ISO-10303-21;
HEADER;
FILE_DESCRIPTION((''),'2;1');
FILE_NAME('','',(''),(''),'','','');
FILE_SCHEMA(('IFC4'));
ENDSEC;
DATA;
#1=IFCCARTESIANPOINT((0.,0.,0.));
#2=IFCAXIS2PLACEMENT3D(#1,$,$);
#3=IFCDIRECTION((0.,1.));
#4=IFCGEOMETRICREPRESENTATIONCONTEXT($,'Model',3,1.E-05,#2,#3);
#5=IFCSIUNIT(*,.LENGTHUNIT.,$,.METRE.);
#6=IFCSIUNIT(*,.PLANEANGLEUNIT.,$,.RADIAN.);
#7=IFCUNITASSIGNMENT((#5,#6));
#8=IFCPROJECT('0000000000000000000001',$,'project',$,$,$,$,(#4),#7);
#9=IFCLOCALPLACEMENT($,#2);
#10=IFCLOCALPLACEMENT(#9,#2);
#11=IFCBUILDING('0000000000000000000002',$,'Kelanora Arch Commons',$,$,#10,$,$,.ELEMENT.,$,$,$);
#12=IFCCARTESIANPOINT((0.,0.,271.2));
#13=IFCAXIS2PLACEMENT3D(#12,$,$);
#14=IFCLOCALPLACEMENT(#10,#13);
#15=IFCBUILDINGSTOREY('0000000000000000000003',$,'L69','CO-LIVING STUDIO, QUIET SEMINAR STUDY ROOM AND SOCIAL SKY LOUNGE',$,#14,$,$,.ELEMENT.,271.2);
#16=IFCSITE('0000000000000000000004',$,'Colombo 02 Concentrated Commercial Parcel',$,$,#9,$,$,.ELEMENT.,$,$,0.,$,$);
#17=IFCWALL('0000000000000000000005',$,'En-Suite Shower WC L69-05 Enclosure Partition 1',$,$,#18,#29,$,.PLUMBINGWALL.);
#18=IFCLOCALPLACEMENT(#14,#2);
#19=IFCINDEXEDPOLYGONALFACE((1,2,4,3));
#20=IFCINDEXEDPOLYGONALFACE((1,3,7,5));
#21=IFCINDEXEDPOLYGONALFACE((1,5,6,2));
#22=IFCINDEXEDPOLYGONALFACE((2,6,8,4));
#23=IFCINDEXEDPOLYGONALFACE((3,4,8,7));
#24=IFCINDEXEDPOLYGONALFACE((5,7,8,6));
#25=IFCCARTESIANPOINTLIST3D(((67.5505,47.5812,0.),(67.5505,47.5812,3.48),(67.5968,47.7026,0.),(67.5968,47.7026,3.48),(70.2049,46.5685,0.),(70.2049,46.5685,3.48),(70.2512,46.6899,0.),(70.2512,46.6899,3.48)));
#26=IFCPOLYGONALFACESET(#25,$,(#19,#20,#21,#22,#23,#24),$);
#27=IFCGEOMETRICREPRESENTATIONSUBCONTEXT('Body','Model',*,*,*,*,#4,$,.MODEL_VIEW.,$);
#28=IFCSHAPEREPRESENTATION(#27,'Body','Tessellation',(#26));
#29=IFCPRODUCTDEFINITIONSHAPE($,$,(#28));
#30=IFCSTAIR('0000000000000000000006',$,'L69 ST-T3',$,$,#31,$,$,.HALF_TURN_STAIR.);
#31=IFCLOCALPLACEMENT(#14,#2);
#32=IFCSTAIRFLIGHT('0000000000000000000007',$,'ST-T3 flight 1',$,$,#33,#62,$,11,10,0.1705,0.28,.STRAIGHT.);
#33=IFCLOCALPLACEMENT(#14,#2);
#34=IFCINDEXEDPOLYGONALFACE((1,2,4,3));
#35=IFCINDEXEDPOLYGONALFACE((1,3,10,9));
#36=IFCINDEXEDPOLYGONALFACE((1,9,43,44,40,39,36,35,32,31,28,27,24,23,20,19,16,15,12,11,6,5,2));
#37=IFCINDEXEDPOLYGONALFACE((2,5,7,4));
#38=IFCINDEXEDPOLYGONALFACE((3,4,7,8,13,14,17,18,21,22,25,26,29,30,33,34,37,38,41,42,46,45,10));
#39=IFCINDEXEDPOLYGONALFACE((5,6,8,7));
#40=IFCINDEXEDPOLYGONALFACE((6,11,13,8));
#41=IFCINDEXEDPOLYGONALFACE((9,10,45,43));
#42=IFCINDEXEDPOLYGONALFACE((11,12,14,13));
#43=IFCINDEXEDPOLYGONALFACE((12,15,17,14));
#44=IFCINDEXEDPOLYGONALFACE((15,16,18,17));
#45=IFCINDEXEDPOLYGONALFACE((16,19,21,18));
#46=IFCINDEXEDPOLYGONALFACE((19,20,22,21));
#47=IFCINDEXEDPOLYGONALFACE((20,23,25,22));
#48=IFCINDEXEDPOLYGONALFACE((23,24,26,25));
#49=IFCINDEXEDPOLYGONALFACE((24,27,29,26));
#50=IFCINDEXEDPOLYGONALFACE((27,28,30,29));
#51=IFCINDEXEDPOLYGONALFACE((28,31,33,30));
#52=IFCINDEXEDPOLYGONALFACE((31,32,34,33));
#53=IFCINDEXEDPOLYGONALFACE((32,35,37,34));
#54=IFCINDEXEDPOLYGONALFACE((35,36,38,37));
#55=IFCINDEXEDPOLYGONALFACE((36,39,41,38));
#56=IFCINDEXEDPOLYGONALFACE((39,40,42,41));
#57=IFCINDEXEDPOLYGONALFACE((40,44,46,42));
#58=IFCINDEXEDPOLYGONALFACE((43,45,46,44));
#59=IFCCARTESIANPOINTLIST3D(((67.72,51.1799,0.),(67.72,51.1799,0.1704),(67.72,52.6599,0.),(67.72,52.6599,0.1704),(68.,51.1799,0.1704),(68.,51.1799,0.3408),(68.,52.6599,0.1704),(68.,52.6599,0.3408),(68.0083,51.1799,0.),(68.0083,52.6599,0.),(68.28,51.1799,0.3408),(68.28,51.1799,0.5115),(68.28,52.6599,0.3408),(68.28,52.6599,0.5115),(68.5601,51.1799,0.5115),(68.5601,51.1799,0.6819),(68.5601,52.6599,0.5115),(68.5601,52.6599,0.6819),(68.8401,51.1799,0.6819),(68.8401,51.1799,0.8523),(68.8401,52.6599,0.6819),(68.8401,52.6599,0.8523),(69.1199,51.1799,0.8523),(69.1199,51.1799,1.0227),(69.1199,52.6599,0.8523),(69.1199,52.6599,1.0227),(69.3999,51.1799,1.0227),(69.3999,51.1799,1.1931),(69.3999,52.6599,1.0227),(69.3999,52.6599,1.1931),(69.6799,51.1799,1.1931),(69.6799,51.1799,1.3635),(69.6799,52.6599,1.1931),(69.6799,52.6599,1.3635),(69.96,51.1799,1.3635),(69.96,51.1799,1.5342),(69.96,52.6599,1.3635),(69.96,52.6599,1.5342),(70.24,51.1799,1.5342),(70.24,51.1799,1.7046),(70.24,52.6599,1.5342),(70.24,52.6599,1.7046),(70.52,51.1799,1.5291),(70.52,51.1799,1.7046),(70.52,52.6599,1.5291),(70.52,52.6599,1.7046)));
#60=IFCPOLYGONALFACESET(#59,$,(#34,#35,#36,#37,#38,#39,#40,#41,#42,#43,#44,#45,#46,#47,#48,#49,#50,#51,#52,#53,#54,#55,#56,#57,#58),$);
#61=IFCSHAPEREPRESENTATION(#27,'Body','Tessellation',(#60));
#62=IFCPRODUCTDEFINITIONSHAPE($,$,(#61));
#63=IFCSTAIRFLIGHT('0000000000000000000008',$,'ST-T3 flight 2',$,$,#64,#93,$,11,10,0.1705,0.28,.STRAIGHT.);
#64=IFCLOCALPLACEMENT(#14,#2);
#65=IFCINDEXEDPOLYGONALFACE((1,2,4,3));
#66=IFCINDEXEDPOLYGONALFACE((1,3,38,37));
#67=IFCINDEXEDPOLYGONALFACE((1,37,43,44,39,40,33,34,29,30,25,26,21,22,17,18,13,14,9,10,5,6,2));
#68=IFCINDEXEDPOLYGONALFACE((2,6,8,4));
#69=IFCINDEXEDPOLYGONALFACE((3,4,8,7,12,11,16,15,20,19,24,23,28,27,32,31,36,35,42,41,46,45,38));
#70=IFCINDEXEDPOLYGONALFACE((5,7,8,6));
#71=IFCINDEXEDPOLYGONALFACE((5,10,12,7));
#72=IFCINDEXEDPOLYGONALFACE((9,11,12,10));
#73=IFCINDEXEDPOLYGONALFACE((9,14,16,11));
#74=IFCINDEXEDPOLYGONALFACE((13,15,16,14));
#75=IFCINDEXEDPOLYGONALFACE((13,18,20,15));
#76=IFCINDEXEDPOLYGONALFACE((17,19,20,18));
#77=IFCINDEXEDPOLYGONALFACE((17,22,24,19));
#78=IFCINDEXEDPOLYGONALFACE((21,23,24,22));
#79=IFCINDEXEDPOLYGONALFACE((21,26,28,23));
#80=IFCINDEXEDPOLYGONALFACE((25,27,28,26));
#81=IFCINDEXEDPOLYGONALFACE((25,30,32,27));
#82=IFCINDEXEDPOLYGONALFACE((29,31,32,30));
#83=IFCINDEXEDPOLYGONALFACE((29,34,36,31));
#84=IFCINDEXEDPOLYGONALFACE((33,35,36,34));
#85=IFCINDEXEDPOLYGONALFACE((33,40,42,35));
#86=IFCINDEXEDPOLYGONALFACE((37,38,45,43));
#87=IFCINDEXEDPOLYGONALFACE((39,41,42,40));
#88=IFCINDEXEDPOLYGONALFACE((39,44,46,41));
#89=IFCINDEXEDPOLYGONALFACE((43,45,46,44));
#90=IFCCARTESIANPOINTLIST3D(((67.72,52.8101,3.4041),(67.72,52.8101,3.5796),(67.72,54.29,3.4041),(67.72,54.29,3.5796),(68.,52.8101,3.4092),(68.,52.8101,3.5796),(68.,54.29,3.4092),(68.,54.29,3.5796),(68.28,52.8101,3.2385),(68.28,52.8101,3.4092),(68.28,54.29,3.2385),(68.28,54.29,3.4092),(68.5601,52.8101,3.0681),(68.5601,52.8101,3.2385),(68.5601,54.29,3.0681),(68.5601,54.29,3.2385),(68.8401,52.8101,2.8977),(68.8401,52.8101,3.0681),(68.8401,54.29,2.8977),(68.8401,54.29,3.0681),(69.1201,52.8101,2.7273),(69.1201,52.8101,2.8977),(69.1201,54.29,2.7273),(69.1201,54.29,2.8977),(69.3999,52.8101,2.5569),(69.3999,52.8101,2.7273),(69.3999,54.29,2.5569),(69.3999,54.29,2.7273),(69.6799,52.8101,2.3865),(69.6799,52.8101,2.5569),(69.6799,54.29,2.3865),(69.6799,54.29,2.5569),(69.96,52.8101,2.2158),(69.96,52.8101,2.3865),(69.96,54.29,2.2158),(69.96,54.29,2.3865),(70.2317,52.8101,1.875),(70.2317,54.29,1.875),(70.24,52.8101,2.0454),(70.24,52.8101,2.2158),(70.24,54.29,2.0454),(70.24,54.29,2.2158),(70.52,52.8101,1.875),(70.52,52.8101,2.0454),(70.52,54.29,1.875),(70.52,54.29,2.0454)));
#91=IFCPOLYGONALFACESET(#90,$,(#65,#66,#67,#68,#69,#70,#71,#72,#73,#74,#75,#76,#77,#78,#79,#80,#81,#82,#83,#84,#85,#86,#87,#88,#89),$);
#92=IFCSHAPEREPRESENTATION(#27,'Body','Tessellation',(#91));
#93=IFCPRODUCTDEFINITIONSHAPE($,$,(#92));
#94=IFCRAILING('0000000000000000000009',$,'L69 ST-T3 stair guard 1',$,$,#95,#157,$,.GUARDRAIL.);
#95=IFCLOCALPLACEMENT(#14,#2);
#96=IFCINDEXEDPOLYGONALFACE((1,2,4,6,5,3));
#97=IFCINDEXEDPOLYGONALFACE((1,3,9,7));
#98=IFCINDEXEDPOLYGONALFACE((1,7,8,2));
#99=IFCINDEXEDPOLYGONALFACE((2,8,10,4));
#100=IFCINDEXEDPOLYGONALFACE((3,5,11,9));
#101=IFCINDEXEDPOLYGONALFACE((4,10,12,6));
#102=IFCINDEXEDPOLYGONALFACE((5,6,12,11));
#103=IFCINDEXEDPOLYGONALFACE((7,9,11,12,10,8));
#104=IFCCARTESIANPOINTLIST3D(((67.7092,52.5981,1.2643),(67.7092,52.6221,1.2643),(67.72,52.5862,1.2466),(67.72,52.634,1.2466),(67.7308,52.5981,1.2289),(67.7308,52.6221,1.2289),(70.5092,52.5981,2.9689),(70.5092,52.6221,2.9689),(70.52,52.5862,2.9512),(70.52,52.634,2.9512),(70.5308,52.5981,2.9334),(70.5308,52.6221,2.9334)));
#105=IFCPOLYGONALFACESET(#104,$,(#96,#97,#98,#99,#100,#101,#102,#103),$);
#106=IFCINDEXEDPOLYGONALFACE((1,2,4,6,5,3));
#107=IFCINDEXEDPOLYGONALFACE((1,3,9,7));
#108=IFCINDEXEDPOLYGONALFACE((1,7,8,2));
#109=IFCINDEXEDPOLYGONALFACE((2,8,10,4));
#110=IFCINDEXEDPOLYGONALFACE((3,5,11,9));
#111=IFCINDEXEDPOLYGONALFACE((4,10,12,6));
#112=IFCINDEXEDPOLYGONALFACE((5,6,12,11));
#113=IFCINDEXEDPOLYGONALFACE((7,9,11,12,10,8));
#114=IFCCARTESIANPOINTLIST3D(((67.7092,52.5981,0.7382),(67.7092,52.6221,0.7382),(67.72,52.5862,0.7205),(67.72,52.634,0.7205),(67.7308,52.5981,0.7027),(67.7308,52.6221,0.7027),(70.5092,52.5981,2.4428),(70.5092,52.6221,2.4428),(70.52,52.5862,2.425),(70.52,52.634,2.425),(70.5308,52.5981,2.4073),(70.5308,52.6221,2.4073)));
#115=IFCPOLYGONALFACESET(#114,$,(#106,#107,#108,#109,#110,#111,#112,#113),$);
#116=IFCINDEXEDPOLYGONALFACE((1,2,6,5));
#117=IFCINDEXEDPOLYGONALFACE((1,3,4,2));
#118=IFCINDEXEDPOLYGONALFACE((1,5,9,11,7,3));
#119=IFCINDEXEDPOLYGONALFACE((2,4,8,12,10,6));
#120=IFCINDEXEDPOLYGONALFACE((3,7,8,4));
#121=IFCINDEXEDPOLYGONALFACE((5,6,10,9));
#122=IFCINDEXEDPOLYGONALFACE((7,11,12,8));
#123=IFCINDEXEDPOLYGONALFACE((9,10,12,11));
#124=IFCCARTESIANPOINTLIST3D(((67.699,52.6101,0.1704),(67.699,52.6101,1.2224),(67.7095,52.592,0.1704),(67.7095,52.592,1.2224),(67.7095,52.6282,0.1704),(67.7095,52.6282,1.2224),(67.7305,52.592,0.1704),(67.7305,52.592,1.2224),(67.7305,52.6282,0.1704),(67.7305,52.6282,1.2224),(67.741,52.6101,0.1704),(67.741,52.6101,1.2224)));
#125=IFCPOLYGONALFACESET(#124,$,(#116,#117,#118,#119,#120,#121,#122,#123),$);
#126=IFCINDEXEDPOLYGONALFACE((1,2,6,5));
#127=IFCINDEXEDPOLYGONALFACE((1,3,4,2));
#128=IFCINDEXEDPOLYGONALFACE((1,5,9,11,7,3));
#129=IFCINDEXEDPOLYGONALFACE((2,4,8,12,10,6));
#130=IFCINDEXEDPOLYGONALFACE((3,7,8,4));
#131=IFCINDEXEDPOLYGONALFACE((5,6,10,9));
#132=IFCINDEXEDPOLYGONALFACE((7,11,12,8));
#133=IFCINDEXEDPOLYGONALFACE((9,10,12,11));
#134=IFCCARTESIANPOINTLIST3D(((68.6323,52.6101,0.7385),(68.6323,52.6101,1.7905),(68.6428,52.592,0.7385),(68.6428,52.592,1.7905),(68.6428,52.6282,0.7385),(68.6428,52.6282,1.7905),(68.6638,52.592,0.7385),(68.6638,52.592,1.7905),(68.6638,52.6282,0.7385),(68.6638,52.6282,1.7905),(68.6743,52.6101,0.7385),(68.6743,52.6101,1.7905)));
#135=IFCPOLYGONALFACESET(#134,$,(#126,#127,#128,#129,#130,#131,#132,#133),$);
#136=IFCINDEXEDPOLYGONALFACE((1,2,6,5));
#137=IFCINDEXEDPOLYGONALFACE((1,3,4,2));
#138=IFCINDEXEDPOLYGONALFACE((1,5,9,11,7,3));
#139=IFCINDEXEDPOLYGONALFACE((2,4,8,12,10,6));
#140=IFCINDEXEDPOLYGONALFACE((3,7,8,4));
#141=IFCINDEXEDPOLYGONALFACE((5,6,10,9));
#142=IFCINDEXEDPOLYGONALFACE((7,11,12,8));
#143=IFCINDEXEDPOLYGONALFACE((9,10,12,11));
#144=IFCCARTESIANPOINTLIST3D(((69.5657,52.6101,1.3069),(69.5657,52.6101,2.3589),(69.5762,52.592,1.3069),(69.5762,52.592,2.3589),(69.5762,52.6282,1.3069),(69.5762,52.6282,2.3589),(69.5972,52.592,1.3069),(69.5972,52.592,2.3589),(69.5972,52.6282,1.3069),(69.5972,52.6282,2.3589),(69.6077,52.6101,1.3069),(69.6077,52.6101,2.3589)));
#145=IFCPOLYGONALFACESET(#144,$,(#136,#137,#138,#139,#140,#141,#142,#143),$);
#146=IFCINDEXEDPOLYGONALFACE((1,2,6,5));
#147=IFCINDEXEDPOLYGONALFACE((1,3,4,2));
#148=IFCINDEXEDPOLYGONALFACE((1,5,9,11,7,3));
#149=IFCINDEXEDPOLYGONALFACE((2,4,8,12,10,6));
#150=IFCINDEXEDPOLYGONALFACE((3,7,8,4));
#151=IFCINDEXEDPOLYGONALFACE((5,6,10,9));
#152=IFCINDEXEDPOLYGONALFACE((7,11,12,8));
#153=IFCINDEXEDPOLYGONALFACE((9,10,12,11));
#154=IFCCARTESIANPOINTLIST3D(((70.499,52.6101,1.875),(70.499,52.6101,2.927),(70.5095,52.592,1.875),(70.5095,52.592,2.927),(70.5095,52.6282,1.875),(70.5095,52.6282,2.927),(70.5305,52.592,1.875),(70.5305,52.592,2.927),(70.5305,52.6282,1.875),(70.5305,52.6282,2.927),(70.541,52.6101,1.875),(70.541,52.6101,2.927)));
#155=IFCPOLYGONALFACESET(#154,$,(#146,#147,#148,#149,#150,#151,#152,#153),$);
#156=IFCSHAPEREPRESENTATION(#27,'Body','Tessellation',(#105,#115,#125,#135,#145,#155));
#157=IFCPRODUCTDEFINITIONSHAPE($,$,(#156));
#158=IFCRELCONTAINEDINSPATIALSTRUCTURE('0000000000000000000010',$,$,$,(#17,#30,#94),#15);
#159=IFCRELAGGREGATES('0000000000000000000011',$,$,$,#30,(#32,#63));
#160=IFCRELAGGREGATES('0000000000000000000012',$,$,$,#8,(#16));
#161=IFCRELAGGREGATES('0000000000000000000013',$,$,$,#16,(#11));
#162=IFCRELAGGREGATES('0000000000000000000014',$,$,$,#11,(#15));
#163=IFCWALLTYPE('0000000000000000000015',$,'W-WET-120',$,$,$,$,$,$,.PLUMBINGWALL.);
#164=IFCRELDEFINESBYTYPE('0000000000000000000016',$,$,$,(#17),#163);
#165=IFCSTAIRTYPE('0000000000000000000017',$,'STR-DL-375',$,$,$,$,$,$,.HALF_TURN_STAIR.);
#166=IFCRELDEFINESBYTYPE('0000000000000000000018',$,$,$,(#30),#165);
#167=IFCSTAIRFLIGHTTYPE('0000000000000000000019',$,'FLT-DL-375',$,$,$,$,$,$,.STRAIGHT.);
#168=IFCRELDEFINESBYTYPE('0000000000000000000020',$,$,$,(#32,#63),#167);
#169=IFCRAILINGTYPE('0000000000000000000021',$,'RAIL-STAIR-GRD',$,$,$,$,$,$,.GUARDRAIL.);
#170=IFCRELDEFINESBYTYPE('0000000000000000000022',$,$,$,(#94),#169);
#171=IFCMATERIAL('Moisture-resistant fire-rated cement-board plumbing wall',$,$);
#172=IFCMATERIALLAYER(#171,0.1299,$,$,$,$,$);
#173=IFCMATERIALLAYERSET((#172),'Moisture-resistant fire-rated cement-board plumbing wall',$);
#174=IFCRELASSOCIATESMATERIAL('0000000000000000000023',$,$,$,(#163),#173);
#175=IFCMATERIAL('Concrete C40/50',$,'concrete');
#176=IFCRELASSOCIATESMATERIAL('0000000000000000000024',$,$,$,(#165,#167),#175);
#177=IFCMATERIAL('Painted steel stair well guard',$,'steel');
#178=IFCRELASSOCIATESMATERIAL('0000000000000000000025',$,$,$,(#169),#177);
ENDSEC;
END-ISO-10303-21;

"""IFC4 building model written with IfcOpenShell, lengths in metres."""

from ifc_helpers import new_model, si_unit, direction, frame, frame_2d, origin, place, context, subcontext, project, spatial, polyline, rectangle, outline, extrude, material, layer, layer_set, type_object, element, aggregate, save


model = new_model("IFC4")

# Units and contexts
model_context = context("Model", 3, precision=1e-05, world=origin(), true_north=direction((0.0, 1.0)))
body_context = subcontext(model_context, "Body", "Model", "MODEL_VIEW")
ifc_project = project(units=[si_unit("LENGTHUNIT", "METRE"), si_unit("PLANEANGLEUNIT", "RADIAN")], contexts=[model_context])

# Site, building, storey
site_placement = place(None, origin())
site = spatial("IfcSite", under=ifc_project, at=site_placement, Name="Colombo 02 Concentrated Commercial Parcel", CompositionType="ELEMENT", RefElevation=0.0)
building_placement = place(site_placement, origin())
building = spatial("IfcBuilding", under=site, at=building_placement, Name="Kelanora Arch Commons", CompositionType="ELEMENT")
storey_placement = place(building_placement, frame((0.0, 0.0, 271.2)))
storey = spatial("IfcBuildingStorey", under=building, at=storey_placement, Name="L69", Description="CO-LIVING STUDIO, QUIET SEMINAR STUDY ROOM AND SOCIAL SKY LOUNGE", CompositionType="ELEMENT", Elevation=271.2)

# Shared definitions
ifc_material_1 = material(Name="Concrete C40/50", Category="concrete")

# Wall
ifc_material_2 = material(Name="Moisture-resistant fire-rated cement-board plumbing wall")
ifc_layer_1 = layer(ifc_material_2, 0.1299)
ifc_layer_set_1 = layer_set([ifc_layer_1], Name="Moisture-resistant fire-rated cement-board plumbing wall")
wall_type_1 = type_object("IfcWallType", Name="W-WET-120", PredefinedType="PLUMBINGWALL", material=ifc_layer_set_1)
wall_1_placement = place(storey_placement, frame((67.5737, 47.6418, 0.0), z_axis=(0.0, 0.0, 1.0), x_axis=(0.934319, -0.356438, 0.0)))
element("IfcWall", 1, at=wall_1_placement, inside=storey, type_object=wall_type_1, Name="En-Suite Shower WC L69-05 Enclosure Partition 1", PredefinedType="PLUMBINGWALL", context=body_context, shape_type="SweptSolid", body=[
    extrude(rectangle(XDim=2.8411, YDim=0.1299, at=frame_2d((1.4204, 0.0))), origin(), (0.0, 0.0, 1.0), 3.48),
])

# Stair, stair flights
stair_type = type_object("IfcStairType", Name="STR-DL-375", PredefinedType="HALF_TURN_STAIR", material=ifc_material_1)
stair_placement = place(storey_placement, origin())
stair = element("IfcStair", 2, at=stair_placement, inside=storey, type_object=stair_type, Name="L69 ST-T3", PredefinedType="HALF_TURN_STAIR")
stair_flight_type = type_object("IfcStairFlightType", Name="FLT-DL-375", PredefinedType="STRAIGHT", material=ifc_material_1)
stair_flight_1_placement = place(storey_placement, frame((67.72, 51.9199, 0.0), z_axis=(0.0, 0.0, 1.0), x_axis=(1.0, 0.0, 0.0)))
stair_flight_1 = element("IfcStairFlight", 3, at=stair_flight_1_placement, type_object=stair_flight_type, Name="ST-T3 flight 1", NumberOfRisers=11, NumberOfTreads=10, PredefinedType="STRAIGHT", RiserHeight=0.1705, TreadLength=0.28, context=body_context, shape_type="SweptSolid", body=[
    extrude(outline(polyline([(0.0, 0.0), (0.0, 0.1704), (0.28, 0.1704), (0.28, 0.3408), (0.5601, 0.3408), (0.5601, 0.5115), (0.8401, 0.5115), (0.8401, 0.6819), (1.1201, 0.6819), (1.1201, 0.8523), (1.3999, 0.8523), (1.3999, 1.0227), (1.6799, 1.0227), (1.6799, 1.1931), (1.96, 1.1931), (1.96, 1.3635), (2.24, 1.3635), (2.24, 1.5342), (2.52, 1.5342), (2.52, 1.7046), (2.8, 1.7046), (2.8, 1.875), (2.8, 1.5291), (0.2883, 0.0), (0.0, 0.0)])), frame((0.0, 0.74, 0.0), z_axis=(0.0, -1.0, 0.0), x_axis=(1.0, 0.0, 0.0)), (0.0, 0.0, 1.0), 1.48),
])
stair_flight_2_placement = place(storey_placement, frame((70.52, 53.55, 1.875), z_axis=(0.0, 0.0, 1.0), x_axis=(-1.0, 0.0, 0.0)))
stair_flight_2 = element("IfcStairFlight", 4, at=stair_flight_2_placement, type_object=stair_flight_type, Name="ST-T3 flight 2", NumberOfRisers=11, NumberOfTreads=10, PredefinedType="STRAIGHT", RiserHeight=0.1705, TreadLength=0.28, context=body_context, shape_type="SweptSolid", body=[
    extrude(outline(polyline([(0.0, 0.0), (0.0, 0.1704), (0.28, 0.1704), (0.28, 0.3408), (0.5601, 0.3408), (0.5601, 0.5115), (0.8401, 0.5115), (0.8401, 0.6819), (1.1201, 0.6819), (1.1201, 0.8523), (1.3999, 0.8523), (1.3999, 1.0227), (1.6799, 1.0227), (1.6799, 1.1931), (1.96, 1.1931), (1.96, 1.3635), (2.24, 1.3635), (2.24, 1.5342), (2.52, 1.5342), (2.52, 1.7046), (2.8, 1.7046), (2.8, 1.875), (2.8, 1.5291), (0.2883, 0.0), (0.0, 0.0)])), frame((0.0, 0.74, 0.0), z_axis=(0.0, -1.0, 0.0), x_axis=(1.0, 0.0, 0.0)), (0.0, 0.0, 1.0), 1.48),
])
aggregate(stair, [stair_flight_1, stair_flight_2])

# Railing
ifc_material_3 = material(Name="Painted steel stair well guard", Category="steel")
railing_type_1 = type_object("IfcRailingType", Name="RAIL-STAIR-GRD", PredefinedType="GUARDRAIL", material=ifc_material_3)
railing_1_placement = place(storey_placement, frame((67.72, 52.6101, 0.1704)))
element("IfcRailing", 5, at=railing_1_placement, inside=storey, type_object=railing_type_1, Name="L69 ST-T3 stair guard 1", PredefinedType="GUARDRAIL", context=body_context, shape_type="SweptSolid", body=[
    extrude(outline(polyline([(0.0239, 0.0), (0.012, 0.0208), (-0.012, 0.0208), (-0.0239, 0.0), (-0.012, -0.0208), (0.012, -0.0208), (0.0239, 0.0)])), frame((0.0, 0.0, 1.0762), z_axis=(0.85417, 0.0, 0.519994), x_axis=(0.0, 1.0, 0.0)), (0.0, 0.0, 1.0), 3.2781),
    extrude(outline(polyline([(0.0239, 0.0), (0.012, 0.0208), (-0.012, 0.0208), (-0.0239, 0.0), (-0.012, -0.0208), (0.012, -0.0208), (0.0239, 0.0)])), frame((0.0, 0.0, 0.55), z_axis=(0.85417, 0.0, 0.519994), x_axis=(0.0, 1.0, 0.0)), (0.0, 0.0, 1.0), 3.2781),
    extrude(outline(polyline([(0.021, 0.0), (0.0105, 0.0181), (-0.0105, 0.0181), (-0.021, 0.0), (-0.0105, -0.0181), (0.0105, -0.0181), (0.021, 0.0)])), origin(), (0.0, 0.0, 1.0), 1.052),
    extrude(outline(polyline([(0.021, 0.0), (0.0105, 0.0181), (-0.0105, 0.0181), (-0.021, 0.0), (-0.0105, -0.0181), (0.0105, -0.0181), (0.021, 0.0)])), frame((0.9333, 0.0, 0.5681)), (0.0, 0.0, 1.0), 1.052),
    extrude(outline(polyline([(0.021, 0.0), (0.0105, 0.0181), (-0.0105, 0.0181), (-0.021, 0.0), (-0.0105, -0.0181), (0.0105, -0.0181), (0.021, 0.0)])), frame((1.8667, 0.0, 1.1365)), (0.0, 0.0, 1.0), 1.052),
    extrude(outline(polyline([(0.021, 0.0), (0.0105, 0.0181), (-0.0105, 0.0181), (-0.021, 0.0), (-0.0105, -0.0181), (0.0105, -0.0181), (0.021, 0.0)])), frame((2.8, 0.0, 1.7046)), (0.0, 0.0, 1.0), 1.052),
])

save(model, "model.ifc")
